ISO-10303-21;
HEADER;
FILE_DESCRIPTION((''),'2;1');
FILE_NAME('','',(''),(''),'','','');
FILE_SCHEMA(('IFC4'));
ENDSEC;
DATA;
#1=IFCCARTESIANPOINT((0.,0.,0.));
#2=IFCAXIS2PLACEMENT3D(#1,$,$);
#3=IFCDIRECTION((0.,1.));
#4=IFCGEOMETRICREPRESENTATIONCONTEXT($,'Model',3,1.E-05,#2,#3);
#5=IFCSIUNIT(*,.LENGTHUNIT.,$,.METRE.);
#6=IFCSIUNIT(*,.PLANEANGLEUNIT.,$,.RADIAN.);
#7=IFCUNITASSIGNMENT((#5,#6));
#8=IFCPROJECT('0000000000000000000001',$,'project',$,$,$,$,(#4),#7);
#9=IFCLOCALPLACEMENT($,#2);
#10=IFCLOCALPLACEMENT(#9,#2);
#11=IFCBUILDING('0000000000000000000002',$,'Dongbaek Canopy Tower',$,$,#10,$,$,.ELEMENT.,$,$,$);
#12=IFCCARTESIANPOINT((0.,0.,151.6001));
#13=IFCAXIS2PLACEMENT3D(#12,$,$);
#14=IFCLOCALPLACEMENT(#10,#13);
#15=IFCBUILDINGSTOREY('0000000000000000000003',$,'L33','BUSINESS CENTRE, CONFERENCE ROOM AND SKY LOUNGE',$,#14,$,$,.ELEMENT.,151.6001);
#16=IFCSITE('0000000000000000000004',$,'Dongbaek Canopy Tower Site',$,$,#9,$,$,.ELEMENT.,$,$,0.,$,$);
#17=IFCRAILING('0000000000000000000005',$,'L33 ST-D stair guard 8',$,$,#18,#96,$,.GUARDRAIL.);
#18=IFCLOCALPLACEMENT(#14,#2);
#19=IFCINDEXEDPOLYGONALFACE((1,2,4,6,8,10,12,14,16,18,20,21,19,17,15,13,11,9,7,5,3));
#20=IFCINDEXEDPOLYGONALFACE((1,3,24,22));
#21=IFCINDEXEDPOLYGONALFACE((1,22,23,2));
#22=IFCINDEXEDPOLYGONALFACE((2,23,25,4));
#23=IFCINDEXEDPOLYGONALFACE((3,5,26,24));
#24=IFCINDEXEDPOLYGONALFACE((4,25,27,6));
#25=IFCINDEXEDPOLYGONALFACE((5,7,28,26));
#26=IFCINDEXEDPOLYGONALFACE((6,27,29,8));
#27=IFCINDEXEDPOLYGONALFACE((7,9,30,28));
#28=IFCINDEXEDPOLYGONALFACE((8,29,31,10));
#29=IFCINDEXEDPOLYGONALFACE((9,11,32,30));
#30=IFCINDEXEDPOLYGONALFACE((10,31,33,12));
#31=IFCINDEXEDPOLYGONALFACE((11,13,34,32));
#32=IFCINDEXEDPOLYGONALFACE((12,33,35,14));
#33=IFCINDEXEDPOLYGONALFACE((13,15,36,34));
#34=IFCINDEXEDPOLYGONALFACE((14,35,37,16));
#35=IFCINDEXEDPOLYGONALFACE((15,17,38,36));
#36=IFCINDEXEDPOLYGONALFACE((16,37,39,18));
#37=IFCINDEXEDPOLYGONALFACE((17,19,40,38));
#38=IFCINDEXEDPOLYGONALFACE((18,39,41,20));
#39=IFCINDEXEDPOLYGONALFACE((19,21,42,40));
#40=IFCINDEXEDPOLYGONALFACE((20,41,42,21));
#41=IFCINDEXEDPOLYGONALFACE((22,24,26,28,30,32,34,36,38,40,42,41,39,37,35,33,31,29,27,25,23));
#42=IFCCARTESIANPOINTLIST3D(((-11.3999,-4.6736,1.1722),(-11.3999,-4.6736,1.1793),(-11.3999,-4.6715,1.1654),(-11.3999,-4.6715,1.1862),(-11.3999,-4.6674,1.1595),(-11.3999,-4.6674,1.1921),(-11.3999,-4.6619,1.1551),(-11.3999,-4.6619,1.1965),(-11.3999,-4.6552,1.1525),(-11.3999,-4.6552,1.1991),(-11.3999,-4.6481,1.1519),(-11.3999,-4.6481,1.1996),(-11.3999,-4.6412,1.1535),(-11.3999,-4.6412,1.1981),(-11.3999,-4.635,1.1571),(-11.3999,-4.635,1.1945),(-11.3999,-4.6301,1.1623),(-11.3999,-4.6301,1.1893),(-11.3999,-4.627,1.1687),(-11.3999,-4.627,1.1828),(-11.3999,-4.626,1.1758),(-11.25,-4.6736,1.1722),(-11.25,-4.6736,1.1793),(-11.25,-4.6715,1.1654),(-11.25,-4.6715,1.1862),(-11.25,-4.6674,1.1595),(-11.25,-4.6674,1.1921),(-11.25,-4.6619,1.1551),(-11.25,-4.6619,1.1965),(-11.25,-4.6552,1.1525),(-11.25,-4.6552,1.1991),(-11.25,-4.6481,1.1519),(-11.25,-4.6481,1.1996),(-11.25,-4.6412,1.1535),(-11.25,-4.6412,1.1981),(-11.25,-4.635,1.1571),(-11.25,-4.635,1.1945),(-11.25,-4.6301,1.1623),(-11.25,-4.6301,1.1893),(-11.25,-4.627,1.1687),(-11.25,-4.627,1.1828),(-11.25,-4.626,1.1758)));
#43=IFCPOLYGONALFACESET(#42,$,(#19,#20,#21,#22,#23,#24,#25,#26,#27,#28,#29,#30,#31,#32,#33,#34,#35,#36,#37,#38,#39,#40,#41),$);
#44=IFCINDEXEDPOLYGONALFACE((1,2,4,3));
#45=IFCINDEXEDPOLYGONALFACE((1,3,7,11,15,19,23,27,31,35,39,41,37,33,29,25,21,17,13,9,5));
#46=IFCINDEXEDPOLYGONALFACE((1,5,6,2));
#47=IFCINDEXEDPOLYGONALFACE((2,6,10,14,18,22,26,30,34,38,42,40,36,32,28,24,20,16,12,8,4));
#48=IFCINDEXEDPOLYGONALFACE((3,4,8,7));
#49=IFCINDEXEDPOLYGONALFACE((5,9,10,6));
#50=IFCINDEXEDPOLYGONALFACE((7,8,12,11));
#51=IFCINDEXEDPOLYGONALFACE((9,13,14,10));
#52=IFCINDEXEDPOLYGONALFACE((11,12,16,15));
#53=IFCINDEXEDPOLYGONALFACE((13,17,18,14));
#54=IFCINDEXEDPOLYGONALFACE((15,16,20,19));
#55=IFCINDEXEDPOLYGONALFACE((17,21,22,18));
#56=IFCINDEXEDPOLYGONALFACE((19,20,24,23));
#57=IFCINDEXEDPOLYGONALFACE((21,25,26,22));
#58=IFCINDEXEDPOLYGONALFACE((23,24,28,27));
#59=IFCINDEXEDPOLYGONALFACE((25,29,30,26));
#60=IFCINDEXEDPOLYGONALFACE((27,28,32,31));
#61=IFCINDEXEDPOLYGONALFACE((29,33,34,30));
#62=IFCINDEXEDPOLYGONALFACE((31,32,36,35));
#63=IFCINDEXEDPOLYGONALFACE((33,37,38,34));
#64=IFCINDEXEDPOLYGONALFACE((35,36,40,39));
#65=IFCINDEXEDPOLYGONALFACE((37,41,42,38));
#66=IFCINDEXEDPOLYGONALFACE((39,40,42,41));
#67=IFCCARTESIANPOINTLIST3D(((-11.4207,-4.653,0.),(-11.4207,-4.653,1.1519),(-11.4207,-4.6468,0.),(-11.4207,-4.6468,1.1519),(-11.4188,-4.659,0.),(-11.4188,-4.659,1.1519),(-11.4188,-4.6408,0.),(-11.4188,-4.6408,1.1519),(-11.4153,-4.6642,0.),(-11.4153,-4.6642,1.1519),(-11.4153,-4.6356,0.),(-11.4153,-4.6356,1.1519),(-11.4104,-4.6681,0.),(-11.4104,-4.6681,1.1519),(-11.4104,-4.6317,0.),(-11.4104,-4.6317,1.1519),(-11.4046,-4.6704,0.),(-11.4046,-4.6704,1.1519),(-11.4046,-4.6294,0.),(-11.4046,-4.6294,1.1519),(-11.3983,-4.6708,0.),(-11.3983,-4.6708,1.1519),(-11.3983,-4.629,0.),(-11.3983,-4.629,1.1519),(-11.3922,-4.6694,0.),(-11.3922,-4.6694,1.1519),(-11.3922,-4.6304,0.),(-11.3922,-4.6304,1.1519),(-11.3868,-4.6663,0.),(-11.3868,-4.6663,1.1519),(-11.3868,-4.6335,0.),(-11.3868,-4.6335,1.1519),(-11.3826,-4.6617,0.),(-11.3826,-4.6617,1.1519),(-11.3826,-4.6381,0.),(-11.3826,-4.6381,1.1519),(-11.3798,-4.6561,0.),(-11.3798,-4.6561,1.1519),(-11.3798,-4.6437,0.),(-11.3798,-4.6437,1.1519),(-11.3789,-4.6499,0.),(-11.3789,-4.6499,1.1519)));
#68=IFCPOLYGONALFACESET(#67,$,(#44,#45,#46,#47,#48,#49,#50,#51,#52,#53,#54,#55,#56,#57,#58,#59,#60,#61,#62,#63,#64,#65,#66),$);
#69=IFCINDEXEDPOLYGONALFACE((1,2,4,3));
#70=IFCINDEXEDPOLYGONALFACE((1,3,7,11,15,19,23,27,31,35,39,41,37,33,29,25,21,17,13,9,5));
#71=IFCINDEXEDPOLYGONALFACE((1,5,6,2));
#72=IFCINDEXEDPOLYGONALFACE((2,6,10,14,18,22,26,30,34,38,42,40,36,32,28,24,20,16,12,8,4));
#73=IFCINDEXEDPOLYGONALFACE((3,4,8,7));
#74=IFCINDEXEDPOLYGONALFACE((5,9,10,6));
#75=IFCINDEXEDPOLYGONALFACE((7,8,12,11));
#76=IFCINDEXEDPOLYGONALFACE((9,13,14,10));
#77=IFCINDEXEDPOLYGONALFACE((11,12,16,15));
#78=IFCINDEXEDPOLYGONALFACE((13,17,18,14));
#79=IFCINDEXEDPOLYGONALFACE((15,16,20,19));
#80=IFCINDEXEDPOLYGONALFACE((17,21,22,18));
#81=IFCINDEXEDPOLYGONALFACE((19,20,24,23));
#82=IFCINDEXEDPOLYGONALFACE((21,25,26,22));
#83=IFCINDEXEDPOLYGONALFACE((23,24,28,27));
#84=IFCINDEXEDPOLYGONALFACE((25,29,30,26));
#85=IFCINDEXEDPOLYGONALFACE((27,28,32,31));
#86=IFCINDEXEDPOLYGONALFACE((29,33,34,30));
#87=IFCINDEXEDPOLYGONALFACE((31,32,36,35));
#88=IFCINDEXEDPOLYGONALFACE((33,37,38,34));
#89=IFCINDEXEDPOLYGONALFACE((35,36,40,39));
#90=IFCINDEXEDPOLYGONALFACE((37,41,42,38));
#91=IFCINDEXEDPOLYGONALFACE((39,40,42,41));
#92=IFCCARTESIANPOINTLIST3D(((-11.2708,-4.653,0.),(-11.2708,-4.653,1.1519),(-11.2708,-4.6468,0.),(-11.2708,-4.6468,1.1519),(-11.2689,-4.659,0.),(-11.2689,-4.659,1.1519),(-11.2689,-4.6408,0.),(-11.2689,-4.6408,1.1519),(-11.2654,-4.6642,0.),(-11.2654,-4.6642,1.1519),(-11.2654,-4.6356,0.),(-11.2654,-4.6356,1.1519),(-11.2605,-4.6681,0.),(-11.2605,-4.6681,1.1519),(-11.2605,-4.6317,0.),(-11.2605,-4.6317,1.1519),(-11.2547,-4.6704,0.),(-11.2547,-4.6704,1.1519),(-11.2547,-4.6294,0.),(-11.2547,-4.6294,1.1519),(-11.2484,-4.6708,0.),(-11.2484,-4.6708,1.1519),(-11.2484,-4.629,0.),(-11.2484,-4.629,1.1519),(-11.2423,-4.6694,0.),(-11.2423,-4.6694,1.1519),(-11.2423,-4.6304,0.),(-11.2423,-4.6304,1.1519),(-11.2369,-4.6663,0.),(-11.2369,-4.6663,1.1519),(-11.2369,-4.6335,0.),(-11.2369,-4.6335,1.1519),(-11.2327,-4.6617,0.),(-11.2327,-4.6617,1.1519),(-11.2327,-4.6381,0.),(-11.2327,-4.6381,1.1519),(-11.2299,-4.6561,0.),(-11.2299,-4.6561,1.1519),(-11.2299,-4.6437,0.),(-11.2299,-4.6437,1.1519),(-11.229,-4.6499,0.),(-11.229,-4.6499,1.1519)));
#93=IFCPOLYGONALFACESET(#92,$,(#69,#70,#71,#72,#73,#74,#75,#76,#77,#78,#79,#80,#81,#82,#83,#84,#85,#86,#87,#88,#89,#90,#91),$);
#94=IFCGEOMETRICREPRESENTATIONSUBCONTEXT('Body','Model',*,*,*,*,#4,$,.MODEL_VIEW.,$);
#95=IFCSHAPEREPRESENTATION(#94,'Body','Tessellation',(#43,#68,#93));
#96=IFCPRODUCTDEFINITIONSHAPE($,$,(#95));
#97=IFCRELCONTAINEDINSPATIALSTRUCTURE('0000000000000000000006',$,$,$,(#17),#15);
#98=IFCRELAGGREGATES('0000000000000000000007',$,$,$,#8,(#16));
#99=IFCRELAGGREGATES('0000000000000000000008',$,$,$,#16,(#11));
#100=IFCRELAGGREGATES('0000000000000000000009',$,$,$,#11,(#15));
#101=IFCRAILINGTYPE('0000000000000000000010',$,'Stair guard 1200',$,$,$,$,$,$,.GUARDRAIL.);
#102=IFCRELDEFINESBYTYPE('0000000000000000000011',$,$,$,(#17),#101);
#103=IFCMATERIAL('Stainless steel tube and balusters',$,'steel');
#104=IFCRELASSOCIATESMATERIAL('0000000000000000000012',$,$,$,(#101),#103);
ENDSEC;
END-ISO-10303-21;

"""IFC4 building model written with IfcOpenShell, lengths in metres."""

from ifc_helpers import new_model, si_unit, direction, frame, origin, origin_2d, place, context, subcontext, project, spatial, circle, extrude, material, type_object, element, save


model = new_model("IFC4")

# Units and contexts
model_context = context("Model", 3, precision=1e-05, world=origin(), true_north=direction((0.0, 1.0)))
body_context = subcontext(model_context, "Body", "Model", "MODEL_VIEW")
ifc_project = project(units=[si_unit("LENGTHUNIT", "METRE"), si_unit("PLANEANGLEUNIT", "RADIAN")], contexts=[model_context])

# Site, building, storey
site_placement = place(None, origin())
site = spatial("IfcSite", under=ifc_project, at=site_placement, Name="Dongbaek Canopy Tower Site", CompositionType="ELEMENT", RefElevation=0.0)
building_placement = place(site_placement, origin())
building = spatial("IfcBuilding", under=site, at=building_placement, Name="Dongbaek Canopy Tower", CompositionType="ELEMENT")
storey_placement = place(building_placement, frame((0.0, 0.0, 151.6001)))
storey = spatial("IfcBuildingStorey", under=building, at=storey_placement, Name="L33", Description="BUSINESS CENTRE, CONFERENCE ROOM AND SKY LOUNGE", CompositionType="ELEMENT", Elevation=151.6001)

# Railing
ifc_material_1 = material(Name="Stainless steel tube and balusters", Category="steel")
railing_type_1 = type_object("IfcRailingType", Name="Stair guard 1200", PredefinedType="GUARDRAIL", material=ifc_material_1)
railing_1_placement = place(storey_placement, frame((-11.3999, -4.6499, 0.0)))
element("IfcRailing", 1, at=railing_1_placement, inside=storey, type_object=railing_type_1, Name="L33 ST-D stair guard 8", PredefinedType="GUARDRAIL", context=body_context, shape_type="SweptSolid", body=[
    extrude(circle(Radius=0.0239, at=origin_2d()), frame((0.0, 0.0, 1.1758), z_axis=(1.0, 0.0, 0.0), x_axis=(0.0, 1.0, 0.0)), (0.0, 0.0, 1.0), 0.1499),
    extrude(circle(Radius=0.021, at=origin_2d()), origin(), (0.0, 0.0, 1.0), 1.1519),
    extrude(circle(Radius=0.021, at=origin_2d()), frame((0.1499, 0.0, 0.0)), (0.0, 0.0, 1.0), 1.1519),
])

save(model, "model.ifc")
